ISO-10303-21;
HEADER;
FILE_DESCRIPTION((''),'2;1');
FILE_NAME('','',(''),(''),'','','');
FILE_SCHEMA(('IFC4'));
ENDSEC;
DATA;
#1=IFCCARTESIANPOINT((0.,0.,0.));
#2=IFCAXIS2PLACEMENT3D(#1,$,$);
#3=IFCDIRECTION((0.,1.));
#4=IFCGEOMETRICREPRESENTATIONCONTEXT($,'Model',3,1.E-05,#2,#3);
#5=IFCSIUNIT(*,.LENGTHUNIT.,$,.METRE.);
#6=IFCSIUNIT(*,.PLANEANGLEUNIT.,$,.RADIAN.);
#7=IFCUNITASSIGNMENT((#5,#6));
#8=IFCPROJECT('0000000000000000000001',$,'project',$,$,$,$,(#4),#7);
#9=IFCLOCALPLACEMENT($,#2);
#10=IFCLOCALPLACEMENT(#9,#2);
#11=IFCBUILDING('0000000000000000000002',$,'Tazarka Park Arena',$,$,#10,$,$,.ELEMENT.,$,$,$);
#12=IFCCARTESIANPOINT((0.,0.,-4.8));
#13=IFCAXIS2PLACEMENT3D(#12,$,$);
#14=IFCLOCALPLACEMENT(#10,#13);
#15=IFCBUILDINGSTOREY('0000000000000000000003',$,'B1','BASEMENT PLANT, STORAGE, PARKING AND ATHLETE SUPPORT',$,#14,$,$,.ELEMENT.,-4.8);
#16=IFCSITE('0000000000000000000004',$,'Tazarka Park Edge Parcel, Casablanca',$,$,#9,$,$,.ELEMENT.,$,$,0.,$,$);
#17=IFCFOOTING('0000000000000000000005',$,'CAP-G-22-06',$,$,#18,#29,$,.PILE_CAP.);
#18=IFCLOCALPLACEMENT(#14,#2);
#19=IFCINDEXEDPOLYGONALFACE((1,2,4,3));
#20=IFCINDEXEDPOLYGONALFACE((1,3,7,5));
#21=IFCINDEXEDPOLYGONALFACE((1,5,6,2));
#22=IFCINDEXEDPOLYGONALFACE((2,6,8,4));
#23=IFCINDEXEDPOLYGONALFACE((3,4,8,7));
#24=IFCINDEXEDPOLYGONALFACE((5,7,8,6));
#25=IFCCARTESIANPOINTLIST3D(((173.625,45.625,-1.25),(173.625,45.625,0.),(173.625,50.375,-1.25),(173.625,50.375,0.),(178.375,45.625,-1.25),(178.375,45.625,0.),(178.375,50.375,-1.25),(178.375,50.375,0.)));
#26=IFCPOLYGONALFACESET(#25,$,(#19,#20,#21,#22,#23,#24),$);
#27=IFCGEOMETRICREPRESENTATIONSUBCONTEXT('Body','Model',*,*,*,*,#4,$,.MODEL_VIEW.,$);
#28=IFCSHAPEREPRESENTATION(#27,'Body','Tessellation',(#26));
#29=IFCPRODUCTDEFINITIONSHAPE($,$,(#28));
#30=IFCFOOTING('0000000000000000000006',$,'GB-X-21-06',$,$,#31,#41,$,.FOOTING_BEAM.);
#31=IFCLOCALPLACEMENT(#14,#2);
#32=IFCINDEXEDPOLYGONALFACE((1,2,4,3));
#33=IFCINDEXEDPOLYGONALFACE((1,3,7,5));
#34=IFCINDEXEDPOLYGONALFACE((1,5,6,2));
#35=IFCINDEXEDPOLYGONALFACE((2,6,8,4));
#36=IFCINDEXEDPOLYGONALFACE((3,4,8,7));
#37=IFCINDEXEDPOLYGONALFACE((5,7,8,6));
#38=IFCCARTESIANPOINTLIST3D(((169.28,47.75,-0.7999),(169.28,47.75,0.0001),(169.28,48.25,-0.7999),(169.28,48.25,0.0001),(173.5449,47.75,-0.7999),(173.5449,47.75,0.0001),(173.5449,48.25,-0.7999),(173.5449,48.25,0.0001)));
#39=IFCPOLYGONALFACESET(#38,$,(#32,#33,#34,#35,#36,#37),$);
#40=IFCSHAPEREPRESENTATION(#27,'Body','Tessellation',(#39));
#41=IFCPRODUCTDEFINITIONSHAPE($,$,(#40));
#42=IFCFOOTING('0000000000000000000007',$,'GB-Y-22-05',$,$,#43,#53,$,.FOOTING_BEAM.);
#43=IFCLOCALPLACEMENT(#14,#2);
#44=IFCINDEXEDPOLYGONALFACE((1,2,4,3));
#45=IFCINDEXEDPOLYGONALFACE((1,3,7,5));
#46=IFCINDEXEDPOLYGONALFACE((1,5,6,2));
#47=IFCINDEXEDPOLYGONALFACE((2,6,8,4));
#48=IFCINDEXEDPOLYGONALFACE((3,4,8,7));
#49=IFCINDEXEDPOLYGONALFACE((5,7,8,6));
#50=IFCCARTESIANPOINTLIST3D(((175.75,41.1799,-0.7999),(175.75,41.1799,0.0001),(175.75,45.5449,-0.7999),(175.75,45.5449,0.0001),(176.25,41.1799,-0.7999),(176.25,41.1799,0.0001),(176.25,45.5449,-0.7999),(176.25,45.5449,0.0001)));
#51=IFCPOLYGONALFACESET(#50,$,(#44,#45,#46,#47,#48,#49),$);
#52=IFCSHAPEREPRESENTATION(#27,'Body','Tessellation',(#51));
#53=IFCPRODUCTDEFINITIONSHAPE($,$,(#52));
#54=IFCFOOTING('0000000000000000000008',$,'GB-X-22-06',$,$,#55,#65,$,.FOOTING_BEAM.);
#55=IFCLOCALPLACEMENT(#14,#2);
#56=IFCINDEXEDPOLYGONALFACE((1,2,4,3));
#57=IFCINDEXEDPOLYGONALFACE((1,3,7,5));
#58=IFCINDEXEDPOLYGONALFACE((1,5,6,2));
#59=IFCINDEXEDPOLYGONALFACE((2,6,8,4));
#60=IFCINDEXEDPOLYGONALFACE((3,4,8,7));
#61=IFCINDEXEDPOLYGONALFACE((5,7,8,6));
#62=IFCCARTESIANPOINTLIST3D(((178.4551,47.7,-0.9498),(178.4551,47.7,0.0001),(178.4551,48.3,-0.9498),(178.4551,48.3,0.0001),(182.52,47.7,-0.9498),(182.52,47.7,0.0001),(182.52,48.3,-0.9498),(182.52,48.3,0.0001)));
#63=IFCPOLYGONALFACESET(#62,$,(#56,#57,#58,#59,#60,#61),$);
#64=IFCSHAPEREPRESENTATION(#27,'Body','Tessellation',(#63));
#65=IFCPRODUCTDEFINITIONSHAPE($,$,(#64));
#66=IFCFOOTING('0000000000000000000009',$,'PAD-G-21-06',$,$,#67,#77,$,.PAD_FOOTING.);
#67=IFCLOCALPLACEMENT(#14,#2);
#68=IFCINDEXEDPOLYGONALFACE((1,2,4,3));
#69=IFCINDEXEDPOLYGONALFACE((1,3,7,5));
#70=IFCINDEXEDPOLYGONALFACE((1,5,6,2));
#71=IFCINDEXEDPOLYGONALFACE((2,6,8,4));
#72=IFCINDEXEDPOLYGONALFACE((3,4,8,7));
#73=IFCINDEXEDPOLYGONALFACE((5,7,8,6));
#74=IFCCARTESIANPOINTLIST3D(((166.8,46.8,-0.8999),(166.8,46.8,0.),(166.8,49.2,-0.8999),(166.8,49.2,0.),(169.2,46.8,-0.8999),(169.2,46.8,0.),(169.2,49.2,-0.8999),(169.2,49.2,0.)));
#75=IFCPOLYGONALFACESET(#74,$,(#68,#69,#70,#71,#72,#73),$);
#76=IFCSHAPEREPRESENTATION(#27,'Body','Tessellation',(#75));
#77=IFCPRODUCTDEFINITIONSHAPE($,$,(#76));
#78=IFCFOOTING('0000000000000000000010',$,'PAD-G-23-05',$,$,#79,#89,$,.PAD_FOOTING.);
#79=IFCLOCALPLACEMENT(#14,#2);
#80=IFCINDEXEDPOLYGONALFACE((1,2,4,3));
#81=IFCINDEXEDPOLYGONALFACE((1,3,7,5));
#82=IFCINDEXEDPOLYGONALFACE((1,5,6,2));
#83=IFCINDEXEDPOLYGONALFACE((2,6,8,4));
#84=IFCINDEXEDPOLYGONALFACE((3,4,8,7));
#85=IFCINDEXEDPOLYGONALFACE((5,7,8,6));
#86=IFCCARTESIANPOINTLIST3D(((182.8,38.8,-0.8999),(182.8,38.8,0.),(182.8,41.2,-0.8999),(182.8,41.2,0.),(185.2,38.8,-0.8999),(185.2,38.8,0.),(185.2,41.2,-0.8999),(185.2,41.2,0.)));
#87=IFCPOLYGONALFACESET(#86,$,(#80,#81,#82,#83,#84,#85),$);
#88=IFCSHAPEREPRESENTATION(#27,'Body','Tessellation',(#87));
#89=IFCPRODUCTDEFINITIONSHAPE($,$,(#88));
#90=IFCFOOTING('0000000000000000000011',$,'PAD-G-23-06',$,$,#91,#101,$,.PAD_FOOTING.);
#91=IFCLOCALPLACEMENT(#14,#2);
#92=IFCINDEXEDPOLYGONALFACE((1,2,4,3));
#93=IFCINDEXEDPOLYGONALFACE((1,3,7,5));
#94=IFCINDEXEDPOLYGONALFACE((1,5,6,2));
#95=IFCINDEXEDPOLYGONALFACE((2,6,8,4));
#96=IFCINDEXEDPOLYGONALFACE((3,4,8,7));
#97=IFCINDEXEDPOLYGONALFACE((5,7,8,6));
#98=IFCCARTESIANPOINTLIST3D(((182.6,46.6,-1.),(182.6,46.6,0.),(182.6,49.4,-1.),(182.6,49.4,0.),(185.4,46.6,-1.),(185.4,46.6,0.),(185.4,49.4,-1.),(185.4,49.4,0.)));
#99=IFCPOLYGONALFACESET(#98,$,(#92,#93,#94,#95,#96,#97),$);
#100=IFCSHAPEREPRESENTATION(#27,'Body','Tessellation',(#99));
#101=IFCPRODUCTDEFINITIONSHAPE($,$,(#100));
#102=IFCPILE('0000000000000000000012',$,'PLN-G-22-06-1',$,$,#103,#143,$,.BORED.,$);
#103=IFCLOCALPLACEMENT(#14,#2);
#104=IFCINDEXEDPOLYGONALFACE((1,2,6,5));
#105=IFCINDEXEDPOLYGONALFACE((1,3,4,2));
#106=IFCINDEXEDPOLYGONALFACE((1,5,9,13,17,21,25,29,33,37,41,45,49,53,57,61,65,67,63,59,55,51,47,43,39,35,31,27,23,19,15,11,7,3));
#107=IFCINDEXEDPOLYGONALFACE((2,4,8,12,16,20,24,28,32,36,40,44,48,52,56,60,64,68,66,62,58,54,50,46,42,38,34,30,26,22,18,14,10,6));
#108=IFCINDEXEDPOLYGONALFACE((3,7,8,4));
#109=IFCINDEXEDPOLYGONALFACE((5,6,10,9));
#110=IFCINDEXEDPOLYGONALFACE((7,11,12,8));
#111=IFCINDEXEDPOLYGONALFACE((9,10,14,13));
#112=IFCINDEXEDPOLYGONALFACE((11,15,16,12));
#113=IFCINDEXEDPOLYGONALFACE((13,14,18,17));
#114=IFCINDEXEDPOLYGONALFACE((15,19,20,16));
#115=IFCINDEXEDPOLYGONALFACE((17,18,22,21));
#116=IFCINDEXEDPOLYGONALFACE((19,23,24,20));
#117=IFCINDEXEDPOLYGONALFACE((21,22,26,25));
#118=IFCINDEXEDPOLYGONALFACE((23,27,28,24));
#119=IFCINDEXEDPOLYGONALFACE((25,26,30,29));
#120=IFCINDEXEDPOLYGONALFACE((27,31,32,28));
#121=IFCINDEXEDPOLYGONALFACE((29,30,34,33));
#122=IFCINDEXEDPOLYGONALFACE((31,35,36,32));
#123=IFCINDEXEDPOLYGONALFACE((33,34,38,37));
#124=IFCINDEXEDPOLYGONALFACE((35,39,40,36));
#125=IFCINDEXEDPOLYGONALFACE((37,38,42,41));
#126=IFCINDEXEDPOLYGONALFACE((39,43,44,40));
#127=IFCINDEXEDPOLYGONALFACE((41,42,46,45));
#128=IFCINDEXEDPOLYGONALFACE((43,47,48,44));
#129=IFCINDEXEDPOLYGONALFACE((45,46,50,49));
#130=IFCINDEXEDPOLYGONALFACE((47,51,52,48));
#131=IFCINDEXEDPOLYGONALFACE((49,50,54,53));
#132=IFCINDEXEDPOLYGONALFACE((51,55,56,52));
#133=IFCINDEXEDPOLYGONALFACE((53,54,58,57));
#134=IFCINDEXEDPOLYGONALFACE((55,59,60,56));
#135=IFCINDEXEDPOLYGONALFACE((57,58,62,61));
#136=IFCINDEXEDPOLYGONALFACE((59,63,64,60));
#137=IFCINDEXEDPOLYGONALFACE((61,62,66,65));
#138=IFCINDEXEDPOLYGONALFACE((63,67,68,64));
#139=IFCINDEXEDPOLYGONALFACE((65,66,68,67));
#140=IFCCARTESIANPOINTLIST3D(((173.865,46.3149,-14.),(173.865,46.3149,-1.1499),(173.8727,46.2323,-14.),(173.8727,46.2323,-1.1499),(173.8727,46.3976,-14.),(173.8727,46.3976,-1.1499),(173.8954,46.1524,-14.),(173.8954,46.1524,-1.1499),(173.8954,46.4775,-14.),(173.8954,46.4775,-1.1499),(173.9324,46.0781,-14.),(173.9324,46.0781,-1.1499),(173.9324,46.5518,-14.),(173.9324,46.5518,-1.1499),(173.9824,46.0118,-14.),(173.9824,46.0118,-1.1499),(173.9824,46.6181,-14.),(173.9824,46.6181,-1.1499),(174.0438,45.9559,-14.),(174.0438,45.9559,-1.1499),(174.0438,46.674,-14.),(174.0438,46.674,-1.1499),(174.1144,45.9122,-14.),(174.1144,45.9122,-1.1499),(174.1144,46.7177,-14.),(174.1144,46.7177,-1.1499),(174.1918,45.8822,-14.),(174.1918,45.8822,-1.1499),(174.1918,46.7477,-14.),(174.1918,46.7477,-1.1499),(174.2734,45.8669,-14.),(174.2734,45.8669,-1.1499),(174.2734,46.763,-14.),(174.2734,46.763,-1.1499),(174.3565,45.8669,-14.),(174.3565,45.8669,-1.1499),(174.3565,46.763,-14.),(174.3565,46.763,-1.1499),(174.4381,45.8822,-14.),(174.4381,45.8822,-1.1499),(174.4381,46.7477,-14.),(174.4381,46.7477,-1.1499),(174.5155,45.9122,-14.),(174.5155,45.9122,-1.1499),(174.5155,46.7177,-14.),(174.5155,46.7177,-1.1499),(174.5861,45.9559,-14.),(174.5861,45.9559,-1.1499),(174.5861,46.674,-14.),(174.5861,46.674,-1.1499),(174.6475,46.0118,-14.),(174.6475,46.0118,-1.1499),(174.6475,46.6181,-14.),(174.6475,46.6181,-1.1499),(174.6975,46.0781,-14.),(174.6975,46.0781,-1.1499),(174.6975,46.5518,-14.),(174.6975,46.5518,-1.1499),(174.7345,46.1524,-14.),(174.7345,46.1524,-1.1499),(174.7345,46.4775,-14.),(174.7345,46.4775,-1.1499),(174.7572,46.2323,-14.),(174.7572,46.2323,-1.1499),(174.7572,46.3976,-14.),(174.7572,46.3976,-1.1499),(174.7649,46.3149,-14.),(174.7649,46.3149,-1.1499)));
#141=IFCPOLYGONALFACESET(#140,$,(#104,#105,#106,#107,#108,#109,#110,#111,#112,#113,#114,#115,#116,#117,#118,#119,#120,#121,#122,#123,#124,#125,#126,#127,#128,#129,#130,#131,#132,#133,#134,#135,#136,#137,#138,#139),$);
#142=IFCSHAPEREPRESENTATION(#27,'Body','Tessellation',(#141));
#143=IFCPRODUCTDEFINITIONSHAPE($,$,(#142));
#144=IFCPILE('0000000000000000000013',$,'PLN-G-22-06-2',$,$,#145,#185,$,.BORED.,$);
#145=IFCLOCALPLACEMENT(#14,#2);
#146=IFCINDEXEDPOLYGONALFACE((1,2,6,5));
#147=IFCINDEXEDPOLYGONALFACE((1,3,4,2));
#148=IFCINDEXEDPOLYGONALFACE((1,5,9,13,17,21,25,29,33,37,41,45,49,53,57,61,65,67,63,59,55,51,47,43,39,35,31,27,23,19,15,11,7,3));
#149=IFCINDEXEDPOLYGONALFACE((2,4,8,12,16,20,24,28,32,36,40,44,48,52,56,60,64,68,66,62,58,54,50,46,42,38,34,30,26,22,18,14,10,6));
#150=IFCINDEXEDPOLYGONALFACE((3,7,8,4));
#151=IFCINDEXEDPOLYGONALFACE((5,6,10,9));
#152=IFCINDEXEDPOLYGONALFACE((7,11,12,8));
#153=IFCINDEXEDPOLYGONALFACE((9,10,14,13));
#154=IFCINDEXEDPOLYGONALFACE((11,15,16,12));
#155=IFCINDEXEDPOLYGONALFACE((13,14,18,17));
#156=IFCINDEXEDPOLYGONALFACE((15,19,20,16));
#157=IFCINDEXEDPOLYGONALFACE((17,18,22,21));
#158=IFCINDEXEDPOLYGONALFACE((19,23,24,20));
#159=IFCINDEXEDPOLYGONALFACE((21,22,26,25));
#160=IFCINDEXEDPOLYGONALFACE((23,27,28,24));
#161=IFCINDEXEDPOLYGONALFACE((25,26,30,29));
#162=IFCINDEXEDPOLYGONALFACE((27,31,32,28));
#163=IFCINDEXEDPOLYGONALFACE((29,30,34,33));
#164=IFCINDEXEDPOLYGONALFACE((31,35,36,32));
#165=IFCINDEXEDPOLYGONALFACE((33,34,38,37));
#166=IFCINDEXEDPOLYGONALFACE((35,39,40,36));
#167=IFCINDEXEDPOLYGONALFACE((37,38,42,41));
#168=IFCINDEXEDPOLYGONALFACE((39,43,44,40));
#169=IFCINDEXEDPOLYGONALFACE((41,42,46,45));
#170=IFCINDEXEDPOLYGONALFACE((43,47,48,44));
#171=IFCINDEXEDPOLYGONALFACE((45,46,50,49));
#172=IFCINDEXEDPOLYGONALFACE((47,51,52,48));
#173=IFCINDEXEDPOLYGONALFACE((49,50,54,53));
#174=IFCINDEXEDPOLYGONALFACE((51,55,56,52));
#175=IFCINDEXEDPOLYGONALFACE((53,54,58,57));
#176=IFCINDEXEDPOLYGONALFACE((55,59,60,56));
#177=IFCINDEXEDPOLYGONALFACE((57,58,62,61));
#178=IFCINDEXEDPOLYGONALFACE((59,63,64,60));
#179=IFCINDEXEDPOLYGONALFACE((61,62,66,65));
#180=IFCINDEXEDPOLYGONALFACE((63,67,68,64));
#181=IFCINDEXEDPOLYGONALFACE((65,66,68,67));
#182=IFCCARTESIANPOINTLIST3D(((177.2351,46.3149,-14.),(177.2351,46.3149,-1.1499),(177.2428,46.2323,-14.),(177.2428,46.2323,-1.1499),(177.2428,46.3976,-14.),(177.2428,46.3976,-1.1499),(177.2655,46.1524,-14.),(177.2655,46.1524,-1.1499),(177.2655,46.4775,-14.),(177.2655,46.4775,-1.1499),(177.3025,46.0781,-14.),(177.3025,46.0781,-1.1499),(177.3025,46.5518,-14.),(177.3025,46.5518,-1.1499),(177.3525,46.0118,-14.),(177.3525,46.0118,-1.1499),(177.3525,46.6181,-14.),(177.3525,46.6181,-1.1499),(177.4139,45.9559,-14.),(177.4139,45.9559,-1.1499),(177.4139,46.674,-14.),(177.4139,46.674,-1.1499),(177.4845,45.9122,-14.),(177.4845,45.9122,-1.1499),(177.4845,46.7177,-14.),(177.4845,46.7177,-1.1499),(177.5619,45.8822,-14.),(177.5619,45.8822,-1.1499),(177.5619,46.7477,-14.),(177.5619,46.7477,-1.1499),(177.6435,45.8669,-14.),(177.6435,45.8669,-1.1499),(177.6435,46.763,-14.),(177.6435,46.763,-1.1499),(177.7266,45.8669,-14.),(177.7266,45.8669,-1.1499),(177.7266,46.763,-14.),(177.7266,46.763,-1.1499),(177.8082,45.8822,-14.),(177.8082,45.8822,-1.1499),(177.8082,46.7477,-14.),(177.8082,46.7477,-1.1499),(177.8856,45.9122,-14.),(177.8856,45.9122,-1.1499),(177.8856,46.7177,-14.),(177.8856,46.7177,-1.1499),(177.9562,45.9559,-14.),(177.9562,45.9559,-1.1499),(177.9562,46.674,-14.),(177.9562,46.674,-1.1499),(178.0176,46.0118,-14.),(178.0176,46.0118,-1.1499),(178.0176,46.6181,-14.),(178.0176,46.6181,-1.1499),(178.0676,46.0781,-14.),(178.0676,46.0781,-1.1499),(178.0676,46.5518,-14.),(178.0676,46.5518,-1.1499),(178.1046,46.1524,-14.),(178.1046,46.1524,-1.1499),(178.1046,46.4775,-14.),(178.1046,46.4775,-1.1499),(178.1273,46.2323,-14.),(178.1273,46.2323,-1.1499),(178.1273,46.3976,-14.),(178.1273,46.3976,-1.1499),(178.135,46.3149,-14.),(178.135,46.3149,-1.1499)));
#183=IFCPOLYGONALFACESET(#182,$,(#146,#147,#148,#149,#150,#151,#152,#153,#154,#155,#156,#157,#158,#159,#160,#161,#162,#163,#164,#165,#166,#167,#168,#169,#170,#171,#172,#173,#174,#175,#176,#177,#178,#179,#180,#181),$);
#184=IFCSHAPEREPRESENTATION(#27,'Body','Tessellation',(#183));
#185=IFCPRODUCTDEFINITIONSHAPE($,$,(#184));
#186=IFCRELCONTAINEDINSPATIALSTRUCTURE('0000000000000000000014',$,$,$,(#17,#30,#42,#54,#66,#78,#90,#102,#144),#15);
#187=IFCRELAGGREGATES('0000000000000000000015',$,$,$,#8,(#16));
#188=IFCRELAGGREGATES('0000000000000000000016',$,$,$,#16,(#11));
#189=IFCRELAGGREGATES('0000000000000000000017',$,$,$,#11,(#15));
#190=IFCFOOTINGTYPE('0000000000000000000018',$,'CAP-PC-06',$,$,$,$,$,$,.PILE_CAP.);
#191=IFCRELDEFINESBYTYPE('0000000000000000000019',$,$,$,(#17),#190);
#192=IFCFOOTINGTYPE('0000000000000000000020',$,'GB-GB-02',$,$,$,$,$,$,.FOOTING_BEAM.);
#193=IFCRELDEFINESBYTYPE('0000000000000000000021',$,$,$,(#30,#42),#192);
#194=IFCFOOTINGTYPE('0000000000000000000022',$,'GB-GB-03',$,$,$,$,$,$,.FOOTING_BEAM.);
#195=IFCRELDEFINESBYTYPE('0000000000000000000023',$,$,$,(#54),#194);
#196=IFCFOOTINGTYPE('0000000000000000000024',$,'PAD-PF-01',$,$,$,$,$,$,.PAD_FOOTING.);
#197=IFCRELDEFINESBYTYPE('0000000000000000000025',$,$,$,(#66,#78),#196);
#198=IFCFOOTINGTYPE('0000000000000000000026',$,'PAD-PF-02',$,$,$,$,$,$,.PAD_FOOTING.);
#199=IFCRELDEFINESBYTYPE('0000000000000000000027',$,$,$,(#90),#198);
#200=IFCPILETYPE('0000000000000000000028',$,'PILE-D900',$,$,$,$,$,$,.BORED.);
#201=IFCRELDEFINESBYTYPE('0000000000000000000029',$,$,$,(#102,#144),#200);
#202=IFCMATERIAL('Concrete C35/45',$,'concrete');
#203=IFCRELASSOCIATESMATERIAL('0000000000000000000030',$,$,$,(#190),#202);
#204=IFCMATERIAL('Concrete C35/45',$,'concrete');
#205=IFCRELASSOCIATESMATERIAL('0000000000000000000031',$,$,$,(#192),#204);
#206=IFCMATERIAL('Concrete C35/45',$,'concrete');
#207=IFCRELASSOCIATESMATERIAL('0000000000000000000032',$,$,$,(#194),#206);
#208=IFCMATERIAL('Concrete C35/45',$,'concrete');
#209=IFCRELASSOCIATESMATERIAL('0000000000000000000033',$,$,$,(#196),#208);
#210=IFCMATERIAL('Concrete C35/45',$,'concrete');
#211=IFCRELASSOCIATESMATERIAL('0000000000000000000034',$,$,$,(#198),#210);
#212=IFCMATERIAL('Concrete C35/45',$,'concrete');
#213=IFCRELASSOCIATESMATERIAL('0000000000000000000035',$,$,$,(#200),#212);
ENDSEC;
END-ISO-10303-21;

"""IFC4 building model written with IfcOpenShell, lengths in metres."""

from ifc_helpers import new_model, si_unit, direction, frame, origin, origin_2d, place, context, subcontext, project, spatial, rectangle, circle, extrude, material, material_profile, profile_set, type_object, element, save


model = new_model("IFC4")

# Units and contexts
model_context = context("Model", 3, precision=1e-05, world=origin(), true_north=direction((0.0, 1.0)))
body_context = subcontext(model_context, "Body", "Model", "MODEL_VIEW")
ifc_project = project(units=[si_unit("LENGTHUNIT", "METRE"), si_unit("PLANEANGLEUNIT", "RADIAN")], contexts=[model_context])

# Site, building, storey
site_placement = place(None, origin())
site = spatial("IfcSite", under=ifc_project, at=site_placement, Name="Tazarka Park Edge Parcel, Casablanca", CompositionType="ELEMENT", RefElevation=0.0)
building_placement = place(site_placement, origin())
building = spatial("IfcBuilding", under=site, at=building_placement, Name="Tazarka Park Arena", CompositionType="ELEMENT")
storey_placement = place(building_placement, frame((0.0, 0.0, -4.8)))
storey = spatial("IfcBuildingStorey", under=building, at=storey_placement, Name="B1", Description="BASEMENT PLANT, STORAGE, PARKING AND ATHLETE SUPPORT", CompositionType="ELEMENT", Elevation=-4.8)

# Footings
ifc_material_1 = material(Name="Concrete C35/45", Category="concrete")
footing_type_1 = type_object("IfcFootingType", Name="CAP-PC-06", PredefinedType="PILE_CAP", material=ifc_material_1)
footing_1_placement = place(storey_placement, frame((176.0, 48.0, -1.25), z_axis=(0.0, 0.0, 1.0), x_axis=(1.0, 0.0, 0.0)))
element("IfcFooting", 1, at=footing_1_placement, inside=storey, type_object=footing_type_1, Name="CAP-G-22-06", PredefinedType="PILE_CAP", context=body_context, shape_type="SweptSolid", body=[
    extrude(rectangle(XDim=4.75, YDim=4.75, at=origin_2d()), origin(), (0.0, 0.0, 1.0), 1.25),
])
ifc_material_2 = material(Name="Concrete C35/45", Category="concrete")
ifc_material_profile_1 = material_profile(ifc_material_2, rectangle(XDim=0.5, YDim=0.8, at=origin_2d()), Name="Concrete C35/45")
ifc_profile_set_1 = profile_set([ifc_material_profile_1], Name="Concrete C35/45")
footing_type_2 = type_object("IfcFootingType", Name="GB-GB-02", PredefinedType="FOOTING_BEAM", material=ifc_profile_set_1)
footing_2_placement = place(storey_placement, frame((169.28, 48.0, -0.3999), z_axis=(1.0, 0.0, 0.0), x_axis=(0.0, 1.0, 0.0)))
element("IfcFooting", 2, at=footing_2_placement, inside=storey, type_object=footing_type_2, Name="GB-X-21-06", PredefinedType="FOOTING_BEAM", context=body_context, shape_type="SweptSolid", body=[
    extrude(rectangle(XDim=0.5, YDim=0.8, at=origin_2d()), origin(), (0.0, 0.0, 1.0), 4.2649),
])
footing_3_placement = place(storey_placement, frame((176.0, 41.1799, -0.3999), z_axis=(0.0, 1.0, 0.0), x_axis=(-1.0, 0.0, 0.0)))
element("IfcFooting", 3, at=footing_3_placement, inside=storey, type_object=footing_type_2, Name="GB-Y-22-05", PredefinedType="FOOTING_BEAM", context=body_context, shape_type="SweptSolid", body=[
    extrude(rectangle(XDim=0.5, YDim=0.8, at=origin_2d()), origin(), (0.0, 0.0, 1.0), 4.365),
])
ifc_material_3 = material(Name="Concrete C35/45", Category="concrete")
ifc_material_profile_2 = material_profile(ifc_material_3, rectangle(XDim=0.6001, YDim=0.95, at=origin_2d()), Name="Concrete C35/45")
ifc_profile_set_2 = profile_set([ifc_material_profile_2], Name="Concrete C35/45")
footing_type_3 = type_object("IfcFootingType", Name="GB-GB-03", PredefinedType="FOOTING_BEAM", material=ifc_profile_set_2)
footing_4_placement = place(storey_placement, frame((178.4551, 48.0, -0.4749), z_axis=(1.0, 0.0, 0.0), x_axis=(0.0, 1.0, 0.0)))
element("IfcFooting", 4, at=footing_4_placement, inside=storey, type_object=footing_type_3, Name="GB-X-22-06", PredefinedType="FOOTING_BEAM", context=body_context, shape_type="SweptSolid", body=[
    extrude(rectangle(XDim=0.6001, YDim=0.95, at=origin_2d()), origin(), (0.0, 0.0, 1.0), 4.0649),
])
ifc_material_4 = material(Name="Concrete C35/45", Category="concrete")
footing_type_4 = type_object("IfcFootingType", Name="PAD-PF-01", PredefinedType="PAD_FOOTING", material=ifc_material_4)
for number, where, z_axis, x_axis, name in (
    (5, (168.0, 48.0, -0.8999), (0.0, 0.0, 1.0), (1.0, 0.0, 0.0), "PAD-G-21-06"),
    (6, (184.0, 40.0, -0.8999), (0.0, 0.0, 1.0), (1.0, 0.0, 0.0), "PAD-G-23-05"),
):
    element("IfcFooting", number, at=place(storey_placement, frame(where, z_axis=z_axis, x_axis=x_axis)), inside=storey, type_object=footing_type_4, Name=name, PredefinedType="PAD_FOOTING", context=body_context, shape_type="SweptSolid", body=[
        extrude(rectangle(XDim=2.3999, YDim=2.3999, at=origin_2d()), origin(), (0.0, 0.0, 1.0), 0.8999),
    ])
ifc_material_5 = material(Name="Concrete C35/45", Category="concrete")
footing_type_5 = type_object("IfcFootingType", Name="PAD-PF-02", PredefinedType="PAD_FOOTING", material=ifc_material_5)
footing_5_placement = place(storey_placement, frame((184.0, 48.0, -1.0), z_axis=(0.0, 0.0, 1.0), x_axis=(1.0, 0.0, 0.0)))
element("IfcFooting", 7, at=footing_5_placement, inside=storey, type_object=footing_type_5, Name="PAD-G-23-06", PredefinedType="PAD_FOOTING", context=body_context, shape_type="SweptSolid", body=[
    extrude(rectangle(XDim=2.8, YDim=2.8, at=origin_2d()), origin(), (0.0, 0.0, 1.0), 1.0),
])

# Piles
ifc_material_6 = material(Name="Concrete C35/45", Category="concrete")
ifc_material_profile_3 = material_profile(ifc_material_6, circle(Radius=0.45, at=origin_2d()), Name="Concrete C35/45")
ifc_profile_set_3 = profile_set([ifc_material_profile_3], Name="Concrete C35/45")
pile_type = type_object("IfcPileType", Name="PILE-D900", PredefinedType="BORED", material=ifc_profile_set_3)
for number, where, z_axis, x_axis, name in (
    (8, (174.3149, 46.3149, -1.1499), (0.0, 0.0, -1.0), (1.0, 0.0, 0.0), "PLN-G-22-06-1"),
    (9, (177.6851, 46.3149, -1.1499), (0.0, 0.0, -1.0), (1.0, 0.0, 0.0), "PLN-G-22-06-2"),
):
    element("IfcPile", number, at=place(storey_placement, frame(where, z_axis=z_axis, x_axis=x_axis)), inside=storey, type_object=pile_type, Name=name, PredefinedType="BORED", context=body_context, shape_type="SweptSolid", body=[
        extrude(circle(Radius=0.45, at=origin_2d()), origin(), (0.0, 0.0, 1.0), 12.8501),
    ])

save(model, "model.ifc")
